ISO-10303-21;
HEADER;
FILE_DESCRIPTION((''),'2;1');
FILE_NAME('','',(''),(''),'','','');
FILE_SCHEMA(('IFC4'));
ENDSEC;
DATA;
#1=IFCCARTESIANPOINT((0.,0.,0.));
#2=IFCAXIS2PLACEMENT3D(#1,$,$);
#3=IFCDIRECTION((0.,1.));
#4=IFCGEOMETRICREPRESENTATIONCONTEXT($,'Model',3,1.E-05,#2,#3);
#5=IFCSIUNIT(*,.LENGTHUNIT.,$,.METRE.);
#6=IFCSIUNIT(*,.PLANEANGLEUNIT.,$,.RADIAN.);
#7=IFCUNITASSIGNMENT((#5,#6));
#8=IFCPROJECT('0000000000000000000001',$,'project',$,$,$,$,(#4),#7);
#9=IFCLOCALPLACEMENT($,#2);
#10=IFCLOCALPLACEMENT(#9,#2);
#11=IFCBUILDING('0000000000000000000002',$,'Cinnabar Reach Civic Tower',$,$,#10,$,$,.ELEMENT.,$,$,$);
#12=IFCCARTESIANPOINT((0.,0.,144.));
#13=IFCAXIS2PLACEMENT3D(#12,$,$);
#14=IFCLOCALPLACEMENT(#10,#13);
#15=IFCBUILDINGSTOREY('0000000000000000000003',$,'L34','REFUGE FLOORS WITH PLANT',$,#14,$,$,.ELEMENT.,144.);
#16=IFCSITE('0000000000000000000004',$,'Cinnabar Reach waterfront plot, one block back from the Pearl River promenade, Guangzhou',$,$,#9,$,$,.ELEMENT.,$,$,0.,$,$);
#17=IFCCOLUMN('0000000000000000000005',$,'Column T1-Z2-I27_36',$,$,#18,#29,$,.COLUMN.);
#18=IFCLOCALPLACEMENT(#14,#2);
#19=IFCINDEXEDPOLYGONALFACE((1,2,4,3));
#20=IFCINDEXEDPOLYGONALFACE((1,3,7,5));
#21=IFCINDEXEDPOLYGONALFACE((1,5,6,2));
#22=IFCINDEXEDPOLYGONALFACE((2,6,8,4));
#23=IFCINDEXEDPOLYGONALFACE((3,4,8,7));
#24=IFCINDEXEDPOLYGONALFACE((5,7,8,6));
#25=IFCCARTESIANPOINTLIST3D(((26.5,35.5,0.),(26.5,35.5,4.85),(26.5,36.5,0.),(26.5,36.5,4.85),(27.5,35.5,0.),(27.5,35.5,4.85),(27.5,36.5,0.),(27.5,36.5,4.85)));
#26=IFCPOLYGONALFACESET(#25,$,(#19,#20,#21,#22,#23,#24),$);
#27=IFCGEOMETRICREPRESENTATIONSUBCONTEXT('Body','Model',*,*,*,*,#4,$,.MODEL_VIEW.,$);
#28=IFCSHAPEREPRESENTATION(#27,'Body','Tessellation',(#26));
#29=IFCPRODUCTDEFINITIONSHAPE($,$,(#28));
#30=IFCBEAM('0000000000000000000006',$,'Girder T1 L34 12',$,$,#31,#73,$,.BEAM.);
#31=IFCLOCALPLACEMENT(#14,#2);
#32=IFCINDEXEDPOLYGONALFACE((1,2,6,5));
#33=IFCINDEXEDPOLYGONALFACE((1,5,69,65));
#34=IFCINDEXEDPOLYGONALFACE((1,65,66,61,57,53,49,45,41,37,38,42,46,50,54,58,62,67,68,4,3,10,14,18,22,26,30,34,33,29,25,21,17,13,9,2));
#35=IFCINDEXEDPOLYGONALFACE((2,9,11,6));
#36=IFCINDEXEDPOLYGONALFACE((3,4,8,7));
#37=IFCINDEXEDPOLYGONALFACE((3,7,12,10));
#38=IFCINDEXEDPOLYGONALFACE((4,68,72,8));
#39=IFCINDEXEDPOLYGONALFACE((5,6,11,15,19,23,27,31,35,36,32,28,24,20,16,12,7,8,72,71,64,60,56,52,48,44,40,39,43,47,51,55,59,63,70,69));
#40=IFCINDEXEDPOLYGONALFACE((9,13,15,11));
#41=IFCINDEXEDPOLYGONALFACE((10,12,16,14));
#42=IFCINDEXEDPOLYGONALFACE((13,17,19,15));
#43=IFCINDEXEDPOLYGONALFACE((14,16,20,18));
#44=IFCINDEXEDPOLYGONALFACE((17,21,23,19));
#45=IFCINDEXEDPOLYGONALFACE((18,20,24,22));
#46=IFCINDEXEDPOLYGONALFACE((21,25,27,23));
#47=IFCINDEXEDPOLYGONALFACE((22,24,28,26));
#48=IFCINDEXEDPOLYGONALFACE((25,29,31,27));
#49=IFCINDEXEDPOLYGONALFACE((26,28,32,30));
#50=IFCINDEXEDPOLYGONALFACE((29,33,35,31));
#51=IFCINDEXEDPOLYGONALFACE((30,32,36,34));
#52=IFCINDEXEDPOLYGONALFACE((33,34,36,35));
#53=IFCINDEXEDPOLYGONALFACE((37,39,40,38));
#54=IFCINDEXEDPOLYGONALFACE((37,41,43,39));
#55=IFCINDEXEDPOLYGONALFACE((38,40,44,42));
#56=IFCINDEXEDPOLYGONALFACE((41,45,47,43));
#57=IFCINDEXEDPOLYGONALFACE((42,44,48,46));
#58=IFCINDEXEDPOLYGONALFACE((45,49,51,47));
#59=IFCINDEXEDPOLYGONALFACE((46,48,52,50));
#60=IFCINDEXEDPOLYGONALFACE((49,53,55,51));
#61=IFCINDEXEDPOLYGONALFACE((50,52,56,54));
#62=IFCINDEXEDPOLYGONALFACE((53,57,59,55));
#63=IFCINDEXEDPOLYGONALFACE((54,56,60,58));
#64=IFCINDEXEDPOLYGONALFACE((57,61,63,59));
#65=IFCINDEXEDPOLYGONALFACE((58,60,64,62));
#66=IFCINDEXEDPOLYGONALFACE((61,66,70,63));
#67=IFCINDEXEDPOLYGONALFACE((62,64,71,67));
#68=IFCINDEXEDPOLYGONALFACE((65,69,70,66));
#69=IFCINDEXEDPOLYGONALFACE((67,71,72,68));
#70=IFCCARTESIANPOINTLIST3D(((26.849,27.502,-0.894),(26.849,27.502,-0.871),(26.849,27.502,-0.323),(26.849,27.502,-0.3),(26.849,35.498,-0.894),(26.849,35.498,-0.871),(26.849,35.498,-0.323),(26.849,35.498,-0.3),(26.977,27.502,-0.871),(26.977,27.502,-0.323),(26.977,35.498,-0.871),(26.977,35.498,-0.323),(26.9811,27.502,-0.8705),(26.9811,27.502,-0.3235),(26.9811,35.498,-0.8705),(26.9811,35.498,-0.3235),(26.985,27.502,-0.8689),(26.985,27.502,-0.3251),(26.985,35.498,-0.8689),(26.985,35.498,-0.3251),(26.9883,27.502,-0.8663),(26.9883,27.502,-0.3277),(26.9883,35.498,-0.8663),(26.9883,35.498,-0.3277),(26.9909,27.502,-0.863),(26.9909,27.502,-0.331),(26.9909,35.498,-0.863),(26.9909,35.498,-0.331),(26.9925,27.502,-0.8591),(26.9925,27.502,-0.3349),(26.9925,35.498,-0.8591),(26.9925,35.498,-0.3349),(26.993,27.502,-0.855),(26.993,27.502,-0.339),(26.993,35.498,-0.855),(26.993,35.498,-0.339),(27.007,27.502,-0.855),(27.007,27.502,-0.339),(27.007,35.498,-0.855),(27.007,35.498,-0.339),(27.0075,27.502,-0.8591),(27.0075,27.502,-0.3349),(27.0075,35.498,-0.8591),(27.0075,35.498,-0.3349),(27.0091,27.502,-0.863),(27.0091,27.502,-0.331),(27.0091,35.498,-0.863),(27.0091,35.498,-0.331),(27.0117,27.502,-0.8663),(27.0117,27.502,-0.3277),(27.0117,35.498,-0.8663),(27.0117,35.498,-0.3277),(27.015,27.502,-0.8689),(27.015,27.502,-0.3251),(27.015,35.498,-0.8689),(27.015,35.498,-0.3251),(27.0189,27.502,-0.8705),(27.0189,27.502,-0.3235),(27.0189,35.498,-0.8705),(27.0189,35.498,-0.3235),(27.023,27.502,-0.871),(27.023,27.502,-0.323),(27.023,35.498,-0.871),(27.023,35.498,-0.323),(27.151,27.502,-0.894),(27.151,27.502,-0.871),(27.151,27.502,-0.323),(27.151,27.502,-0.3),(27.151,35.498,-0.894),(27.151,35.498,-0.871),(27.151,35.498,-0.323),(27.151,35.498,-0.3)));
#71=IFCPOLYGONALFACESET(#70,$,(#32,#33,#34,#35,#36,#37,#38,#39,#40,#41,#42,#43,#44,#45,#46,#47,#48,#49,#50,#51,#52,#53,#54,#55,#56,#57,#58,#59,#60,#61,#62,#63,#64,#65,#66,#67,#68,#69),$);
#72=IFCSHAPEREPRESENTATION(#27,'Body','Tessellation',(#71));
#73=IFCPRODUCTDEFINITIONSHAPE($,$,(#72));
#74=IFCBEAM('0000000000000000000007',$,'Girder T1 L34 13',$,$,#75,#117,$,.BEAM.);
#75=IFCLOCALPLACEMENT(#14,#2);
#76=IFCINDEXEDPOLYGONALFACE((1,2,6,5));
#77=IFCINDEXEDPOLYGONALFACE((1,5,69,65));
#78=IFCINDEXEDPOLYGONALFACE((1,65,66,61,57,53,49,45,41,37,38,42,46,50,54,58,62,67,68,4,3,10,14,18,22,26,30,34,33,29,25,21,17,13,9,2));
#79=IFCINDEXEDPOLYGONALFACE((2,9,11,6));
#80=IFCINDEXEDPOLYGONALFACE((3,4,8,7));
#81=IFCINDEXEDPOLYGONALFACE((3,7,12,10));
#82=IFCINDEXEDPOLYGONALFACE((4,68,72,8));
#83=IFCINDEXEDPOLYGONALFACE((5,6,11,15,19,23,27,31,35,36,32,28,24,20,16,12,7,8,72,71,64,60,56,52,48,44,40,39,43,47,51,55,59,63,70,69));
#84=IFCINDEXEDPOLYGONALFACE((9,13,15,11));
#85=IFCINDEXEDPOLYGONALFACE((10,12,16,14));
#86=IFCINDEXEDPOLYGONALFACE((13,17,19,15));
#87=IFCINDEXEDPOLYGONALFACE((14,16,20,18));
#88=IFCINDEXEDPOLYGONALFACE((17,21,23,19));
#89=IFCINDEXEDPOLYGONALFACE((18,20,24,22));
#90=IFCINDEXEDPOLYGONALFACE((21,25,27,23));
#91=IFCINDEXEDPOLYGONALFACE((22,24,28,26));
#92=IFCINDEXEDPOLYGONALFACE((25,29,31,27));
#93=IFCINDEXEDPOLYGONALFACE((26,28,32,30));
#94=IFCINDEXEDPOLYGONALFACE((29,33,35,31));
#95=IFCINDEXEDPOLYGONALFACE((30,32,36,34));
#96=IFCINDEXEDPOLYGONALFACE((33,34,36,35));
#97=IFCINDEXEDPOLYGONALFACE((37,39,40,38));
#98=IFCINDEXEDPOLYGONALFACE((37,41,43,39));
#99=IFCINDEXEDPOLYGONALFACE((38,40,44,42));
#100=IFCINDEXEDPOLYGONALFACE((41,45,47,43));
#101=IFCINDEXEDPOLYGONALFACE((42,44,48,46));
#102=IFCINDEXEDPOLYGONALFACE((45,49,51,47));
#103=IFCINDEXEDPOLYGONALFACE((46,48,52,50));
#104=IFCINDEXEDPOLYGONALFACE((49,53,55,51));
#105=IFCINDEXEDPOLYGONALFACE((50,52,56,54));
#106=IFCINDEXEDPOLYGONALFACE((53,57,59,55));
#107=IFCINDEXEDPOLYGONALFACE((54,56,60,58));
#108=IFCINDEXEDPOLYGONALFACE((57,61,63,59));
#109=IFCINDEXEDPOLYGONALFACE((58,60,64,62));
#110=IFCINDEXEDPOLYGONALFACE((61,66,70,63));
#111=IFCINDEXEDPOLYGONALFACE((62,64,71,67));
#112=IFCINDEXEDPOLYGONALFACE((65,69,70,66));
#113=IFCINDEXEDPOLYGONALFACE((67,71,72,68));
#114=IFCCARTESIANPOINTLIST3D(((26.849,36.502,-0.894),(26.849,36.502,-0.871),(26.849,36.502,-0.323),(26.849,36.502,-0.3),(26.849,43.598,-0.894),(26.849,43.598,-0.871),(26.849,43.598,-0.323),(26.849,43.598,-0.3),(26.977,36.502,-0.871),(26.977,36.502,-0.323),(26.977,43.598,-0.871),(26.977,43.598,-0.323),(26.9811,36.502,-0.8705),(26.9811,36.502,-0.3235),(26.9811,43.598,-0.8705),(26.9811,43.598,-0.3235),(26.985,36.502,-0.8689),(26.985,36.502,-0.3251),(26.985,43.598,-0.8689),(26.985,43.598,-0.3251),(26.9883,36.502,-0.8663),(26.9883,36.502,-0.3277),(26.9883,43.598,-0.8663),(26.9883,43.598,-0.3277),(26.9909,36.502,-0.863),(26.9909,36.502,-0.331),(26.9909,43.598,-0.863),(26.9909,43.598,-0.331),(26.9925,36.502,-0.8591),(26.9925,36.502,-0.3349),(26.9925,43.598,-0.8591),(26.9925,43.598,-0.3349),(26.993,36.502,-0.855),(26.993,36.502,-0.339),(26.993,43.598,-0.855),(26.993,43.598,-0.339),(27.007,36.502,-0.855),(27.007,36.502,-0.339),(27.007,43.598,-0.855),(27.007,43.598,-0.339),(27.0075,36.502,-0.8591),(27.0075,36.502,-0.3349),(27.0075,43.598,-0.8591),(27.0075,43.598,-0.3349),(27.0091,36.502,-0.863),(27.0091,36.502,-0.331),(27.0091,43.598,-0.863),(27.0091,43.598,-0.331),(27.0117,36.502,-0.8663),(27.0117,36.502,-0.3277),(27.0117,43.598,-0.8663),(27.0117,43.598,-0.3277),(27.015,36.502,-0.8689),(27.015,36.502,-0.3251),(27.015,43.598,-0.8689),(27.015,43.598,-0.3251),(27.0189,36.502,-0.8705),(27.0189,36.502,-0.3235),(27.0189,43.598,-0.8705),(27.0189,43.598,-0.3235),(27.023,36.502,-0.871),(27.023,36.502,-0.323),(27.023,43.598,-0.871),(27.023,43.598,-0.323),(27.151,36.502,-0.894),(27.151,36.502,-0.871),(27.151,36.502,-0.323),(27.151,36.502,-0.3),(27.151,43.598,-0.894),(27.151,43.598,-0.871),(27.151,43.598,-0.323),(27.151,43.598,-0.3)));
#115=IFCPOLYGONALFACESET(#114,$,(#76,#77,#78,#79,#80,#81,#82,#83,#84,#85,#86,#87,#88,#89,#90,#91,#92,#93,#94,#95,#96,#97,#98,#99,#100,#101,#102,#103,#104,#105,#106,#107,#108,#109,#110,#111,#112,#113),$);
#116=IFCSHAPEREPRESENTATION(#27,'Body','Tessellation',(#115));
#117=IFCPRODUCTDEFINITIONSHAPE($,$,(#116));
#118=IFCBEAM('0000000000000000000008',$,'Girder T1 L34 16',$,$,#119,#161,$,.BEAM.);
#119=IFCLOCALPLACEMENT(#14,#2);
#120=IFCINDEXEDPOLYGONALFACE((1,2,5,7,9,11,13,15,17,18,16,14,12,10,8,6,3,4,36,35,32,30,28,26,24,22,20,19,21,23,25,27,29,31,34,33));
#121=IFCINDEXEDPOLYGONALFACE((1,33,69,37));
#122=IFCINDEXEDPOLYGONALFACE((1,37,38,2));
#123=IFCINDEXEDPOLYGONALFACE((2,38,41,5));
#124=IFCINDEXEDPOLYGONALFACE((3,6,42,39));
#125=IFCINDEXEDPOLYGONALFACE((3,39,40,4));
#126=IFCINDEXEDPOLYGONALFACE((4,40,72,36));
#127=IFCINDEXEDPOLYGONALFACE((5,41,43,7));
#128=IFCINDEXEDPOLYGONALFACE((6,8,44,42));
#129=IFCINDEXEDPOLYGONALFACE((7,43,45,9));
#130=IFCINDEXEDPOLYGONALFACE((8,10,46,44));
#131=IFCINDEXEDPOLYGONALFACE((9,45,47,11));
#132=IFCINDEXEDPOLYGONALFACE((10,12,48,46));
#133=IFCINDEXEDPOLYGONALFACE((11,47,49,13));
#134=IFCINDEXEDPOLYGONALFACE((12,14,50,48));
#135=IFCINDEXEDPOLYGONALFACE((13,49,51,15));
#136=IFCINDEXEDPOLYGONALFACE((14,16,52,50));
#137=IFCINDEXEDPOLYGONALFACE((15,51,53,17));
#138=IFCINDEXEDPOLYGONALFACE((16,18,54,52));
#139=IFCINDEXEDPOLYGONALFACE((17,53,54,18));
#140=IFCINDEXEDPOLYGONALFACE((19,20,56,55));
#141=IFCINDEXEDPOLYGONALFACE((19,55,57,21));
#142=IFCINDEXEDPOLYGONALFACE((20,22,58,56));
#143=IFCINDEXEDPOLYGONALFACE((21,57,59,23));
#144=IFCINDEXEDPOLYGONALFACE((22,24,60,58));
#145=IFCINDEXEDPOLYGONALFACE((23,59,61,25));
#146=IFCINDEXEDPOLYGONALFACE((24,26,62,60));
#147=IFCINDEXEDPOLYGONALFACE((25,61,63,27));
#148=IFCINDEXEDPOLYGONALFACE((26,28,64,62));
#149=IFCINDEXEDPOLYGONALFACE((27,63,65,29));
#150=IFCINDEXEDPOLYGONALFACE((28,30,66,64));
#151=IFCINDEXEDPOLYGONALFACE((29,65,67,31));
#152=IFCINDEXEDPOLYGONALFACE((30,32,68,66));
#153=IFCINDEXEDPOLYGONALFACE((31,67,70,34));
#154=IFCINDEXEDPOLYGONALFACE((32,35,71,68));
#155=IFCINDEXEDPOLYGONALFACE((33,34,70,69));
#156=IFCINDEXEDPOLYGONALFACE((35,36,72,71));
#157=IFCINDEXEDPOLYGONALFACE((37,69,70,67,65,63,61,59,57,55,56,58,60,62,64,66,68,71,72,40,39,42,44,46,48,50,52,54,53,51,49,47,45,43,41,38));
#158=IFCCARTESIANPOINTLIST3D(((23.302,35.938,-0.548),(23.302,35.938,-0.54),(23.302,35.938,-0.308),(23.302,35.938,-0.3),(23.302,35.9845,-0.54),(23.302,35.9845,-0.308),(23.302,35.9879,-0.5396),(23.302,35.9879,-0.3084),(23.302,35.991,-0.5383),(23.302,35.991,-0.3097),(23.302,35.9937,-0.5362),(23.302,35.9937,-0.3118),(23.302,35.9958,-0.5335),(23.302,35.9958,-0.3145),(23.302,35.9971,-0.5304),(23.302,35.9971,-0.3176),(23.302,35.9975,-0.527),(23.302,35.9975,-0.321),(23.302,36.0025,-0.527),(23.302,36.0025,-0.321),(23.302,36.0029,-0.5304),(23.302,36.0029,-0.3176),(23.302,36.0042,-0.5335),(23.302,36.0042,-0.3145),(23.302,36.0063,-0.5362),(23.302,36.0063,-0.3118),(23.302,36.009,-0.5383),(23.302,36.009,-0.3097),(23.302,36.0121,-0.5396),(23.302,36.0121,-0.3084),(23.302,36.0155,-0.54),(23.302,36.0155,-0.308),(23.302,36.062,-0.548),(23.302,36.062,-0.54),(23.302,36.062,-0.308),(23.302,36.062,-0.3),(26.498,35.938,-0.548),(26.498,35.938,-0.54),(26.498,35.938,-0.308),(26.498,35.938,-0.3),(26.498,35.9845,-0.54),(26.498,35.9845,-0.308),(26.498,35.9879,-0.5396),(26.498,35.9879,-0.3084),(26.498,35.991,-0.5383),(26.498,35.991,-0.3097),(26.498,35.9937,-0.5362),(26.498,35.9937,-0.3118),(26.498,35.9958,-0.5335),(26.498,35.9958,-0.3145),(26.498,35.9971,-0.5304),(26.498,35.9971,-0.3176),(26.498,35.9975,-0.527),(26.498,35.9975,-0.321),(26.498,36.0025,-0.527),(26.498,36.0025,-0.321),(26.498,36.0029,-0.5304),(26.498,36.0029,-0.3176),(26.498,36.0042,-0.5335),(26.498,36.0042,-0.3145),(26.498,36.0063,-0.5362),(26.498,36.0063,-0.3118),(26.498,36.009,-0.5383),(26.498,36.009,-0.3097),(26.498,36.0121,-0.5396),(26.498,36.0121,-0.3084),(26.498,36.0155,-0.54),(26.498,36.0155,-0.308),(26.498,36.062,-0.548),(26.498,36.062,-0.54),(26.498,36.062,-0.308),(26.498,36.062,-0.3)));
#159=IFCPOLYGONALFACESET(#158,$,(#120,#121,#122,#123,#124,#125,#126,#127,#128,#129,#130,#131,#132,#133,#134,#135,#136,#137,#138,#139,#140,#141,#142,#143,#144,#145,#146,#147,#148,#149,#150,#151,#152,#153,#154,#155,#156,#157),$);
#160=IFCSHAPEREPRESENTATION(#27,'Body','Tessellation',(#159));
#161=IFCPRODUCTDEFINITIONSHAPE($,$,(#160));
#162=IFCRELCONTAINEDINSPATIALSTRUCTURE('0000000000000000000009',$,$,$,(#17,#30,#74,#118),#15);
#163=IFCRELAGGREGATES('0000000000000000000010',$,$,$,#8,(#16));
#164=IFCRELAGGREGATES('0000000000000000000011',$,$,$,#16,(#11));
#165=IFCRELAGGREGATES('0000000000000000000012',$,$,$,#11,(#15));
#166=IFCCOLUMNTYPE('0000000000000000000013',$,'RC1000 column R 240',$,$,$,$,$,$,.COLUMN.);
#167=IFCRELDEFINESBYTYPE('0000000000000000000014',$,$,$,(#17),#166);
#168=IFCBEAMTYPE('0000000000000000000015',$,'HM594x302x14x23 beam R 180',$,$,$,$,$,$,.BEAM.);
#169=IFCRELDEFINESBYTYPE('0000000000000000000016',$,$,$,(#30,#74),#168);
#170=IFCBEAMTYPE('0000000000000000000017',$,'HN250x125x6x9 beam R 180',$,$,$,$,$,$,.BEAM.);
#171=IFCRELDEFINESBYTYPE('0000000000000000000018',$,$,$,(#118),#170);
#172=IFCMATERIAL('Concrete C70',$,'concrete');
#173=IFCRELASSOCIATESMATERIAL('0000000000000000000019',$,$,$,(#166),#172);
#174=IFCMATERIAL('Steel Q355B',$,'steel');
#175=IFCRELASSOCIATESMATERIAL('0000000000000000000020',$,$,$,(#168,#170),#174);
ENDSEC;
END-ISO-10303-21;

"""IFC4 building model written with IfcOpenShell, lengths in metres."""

from ifc_helpers import new_model, si_unit, direction, frame, origin, origin_2d, place, context, subcontext, project, spatial, rectangle, i_section, extrude, material, material_profile, profile_set, type_object, element, save


model = new_model("IFC4")

# Units and contexts
model_context = context("Model", 3, precision=1e-05, world=origin(), true_north=direction((0.0, 1.0)))
body_context = subcontext(model_context, "Body", "Model", "MODEL_VIEW")
ifc_project = project(units=[si_unit("LENGTHUNIT", "METRE"), si_unit("PLANEANGLEUNIT", "RADIAN")], contexts=[model_context])

# Site, building, storey
site_placement = place(None, origin())
site = spatial("IfcSite", under=ifc_project, at=site_placement, Name="Cinnabar Reach waterfront plot, one block back from the Pearl River promenade, Guangzhou", CompositionType="ELEMENT", RefElevation=0.0)
building_placement = place(site_placement, origin())
building = spatial("IfcBuilding", under=site, at=building_placement, Name="Cinnabar Reach Civic Tower", CompositionType="ELEMENT")
storey_placement = place(building_placement, frame((0.0, 0.0, 144.0)))
storey = spatial("IfcBuildingStorey", under=building, at=storey_placement, Name="L34", Description="REFUGE FLOORS WITH PLANT", CompositionType="ELEMENT", Elevation=144.0)

# Column
ifc_material_1 = material(Name="Concrete C70", Category="concrete")
ifc_material_profile_1 = material_profile(ifc_material_1, rectangle(XDim=1.0, YDim=1.0, at=origin_2d()), Name="RC1000")
ifc_profile_set_1 = profile_set([ifc_material_profile_1], Name="Concrete C70")
column_type = type_object("IfcColumnType", Name="RC1000 column R 240", PredefinedType="COLUMN", material=ifc_profile_set_1)
column_placement = place(storey_placement, frame((27.0, 36.0, 0.0), z_axis=(0.0, 0.0, 1.0), x_axis=(1.0, 0.0, 0.0)))
element("IfcColumn", 1, at=column_placement, inside=storey, type_object=column_type, Name="Column T1-Z2-I27_36", PredefinedType="COLUMN", context=body_context, shape_type="SweptSolid", body=[
    extrude(rectangle(XDim=1.0, YDim=1.0, at=origin_2d()), origin(), (0.0, 0.0, 1.0), 4.85),
])

# Beams
ifc_material_2 = material(Name="Steel Q355B", Category="steel")
ifc_material_profile_2 = material_profile(ifc_material_2, i_section(OverallWidth=0.302, OverallDepth=0.594, WebThickness=0.014, FlangeThickness=0.023, FilletRadius=0.016, at=origin_2d()), Name="HM594x302x14x23")
ifc_profile_set_2 = profile_set([ifc_material_profile_2], Name="Steel Q355B")
beam_type_1 = type_object("IfcBeamType", Name="HM594x302x14x23 beam R 180", PredefinedType="BEAM", material=ifc_profile_set_2)
beam_1_placement = place(storey_placement, frame((27.0, 27.502, -0.597), z_axis=(0.0, 1.0, 0.0), x_axis=(-1.0, 0.0, 0.0)))
element("IfcBeam", 2, at=beam_1_placement, inside=storey, type_object=beam_type_1, Name="Girder T1 L34 12", PredefinedType="BEAM", context=body_context, shape_type="SweptSolid", body=[
    extrude(i_section(OverallWidth=0.302, OverallDepth=0.594, WebThickness=0.014, FlangeThickness=0.023, FilletRadius=0.016, at=origin_2d()), origin(), (0.0, 0.0, 1.0), 7.996),
])
beam_2_placement = place(storey_placement, frame((27.0, 36.502, -0.597), z_axis=(0.0, 1.0, 0.0), x_axis=(-1.0, 0.0, 0.0)))
element("IfcBeam", 3, at=beam_2_placement, inside=storey, type_object=beam_type_1, Name="Girder T1 L34 13", PredefinedType="BEAM", context=body_context, shape_type="SweptSolid", body=[
    extrude(i_section(OverallWidth=0.302, OverallDepth=0.594, WebThickness=0.014, FlangeThickness=0.023, FilletRadius=0.016, at=origin_2d()), origin(), (0.0, 0.0, 1.0), 7.096),
])
ifc_material_profile_3 = material_profile(ifc_material_2, i_section(OverallWidth=0.124, OverallDepth=0.248, WebThickness=0.005, FlangeThickness=0.008, FilletRadius=0.013, at=origin_2d()), Name="HN250x125x6x9")
ifc_profile_set_3 = profile_set([ifc_material_profile_3], Name="Steel Q355B")
beam_type_2 = type_object("IfcBeamType", Name="HN250x125x6x9 beam R 180", PredefinedType="BEAM", material=ifc_profile_set_3)
beam_3_placement = place(storey_placement, frame((23.302, 36.0, -0.424), z_axis=(1.0, 0.0, 0.0), x_axis=(0.0, 1.0, 0.0)))
element("IfcBeam", 4, at=beam_3_placement, inside=storey, type_object=beam_type_2, Name="Girder T1 L34 16", PredefinedType="BEAM", context=body_context, shape_type="SweptSolid", body=[
    extrude(i_section(OverallWidth=0.124, OverallDepth=0.248, WebThickness=0.005, FlangeThickness=0.008, FilletRadius=0.013, at=origin_2d()), origin(), (0.0, 0.0, 1.0), 3.196),
])

save(model, "model.ifc")
